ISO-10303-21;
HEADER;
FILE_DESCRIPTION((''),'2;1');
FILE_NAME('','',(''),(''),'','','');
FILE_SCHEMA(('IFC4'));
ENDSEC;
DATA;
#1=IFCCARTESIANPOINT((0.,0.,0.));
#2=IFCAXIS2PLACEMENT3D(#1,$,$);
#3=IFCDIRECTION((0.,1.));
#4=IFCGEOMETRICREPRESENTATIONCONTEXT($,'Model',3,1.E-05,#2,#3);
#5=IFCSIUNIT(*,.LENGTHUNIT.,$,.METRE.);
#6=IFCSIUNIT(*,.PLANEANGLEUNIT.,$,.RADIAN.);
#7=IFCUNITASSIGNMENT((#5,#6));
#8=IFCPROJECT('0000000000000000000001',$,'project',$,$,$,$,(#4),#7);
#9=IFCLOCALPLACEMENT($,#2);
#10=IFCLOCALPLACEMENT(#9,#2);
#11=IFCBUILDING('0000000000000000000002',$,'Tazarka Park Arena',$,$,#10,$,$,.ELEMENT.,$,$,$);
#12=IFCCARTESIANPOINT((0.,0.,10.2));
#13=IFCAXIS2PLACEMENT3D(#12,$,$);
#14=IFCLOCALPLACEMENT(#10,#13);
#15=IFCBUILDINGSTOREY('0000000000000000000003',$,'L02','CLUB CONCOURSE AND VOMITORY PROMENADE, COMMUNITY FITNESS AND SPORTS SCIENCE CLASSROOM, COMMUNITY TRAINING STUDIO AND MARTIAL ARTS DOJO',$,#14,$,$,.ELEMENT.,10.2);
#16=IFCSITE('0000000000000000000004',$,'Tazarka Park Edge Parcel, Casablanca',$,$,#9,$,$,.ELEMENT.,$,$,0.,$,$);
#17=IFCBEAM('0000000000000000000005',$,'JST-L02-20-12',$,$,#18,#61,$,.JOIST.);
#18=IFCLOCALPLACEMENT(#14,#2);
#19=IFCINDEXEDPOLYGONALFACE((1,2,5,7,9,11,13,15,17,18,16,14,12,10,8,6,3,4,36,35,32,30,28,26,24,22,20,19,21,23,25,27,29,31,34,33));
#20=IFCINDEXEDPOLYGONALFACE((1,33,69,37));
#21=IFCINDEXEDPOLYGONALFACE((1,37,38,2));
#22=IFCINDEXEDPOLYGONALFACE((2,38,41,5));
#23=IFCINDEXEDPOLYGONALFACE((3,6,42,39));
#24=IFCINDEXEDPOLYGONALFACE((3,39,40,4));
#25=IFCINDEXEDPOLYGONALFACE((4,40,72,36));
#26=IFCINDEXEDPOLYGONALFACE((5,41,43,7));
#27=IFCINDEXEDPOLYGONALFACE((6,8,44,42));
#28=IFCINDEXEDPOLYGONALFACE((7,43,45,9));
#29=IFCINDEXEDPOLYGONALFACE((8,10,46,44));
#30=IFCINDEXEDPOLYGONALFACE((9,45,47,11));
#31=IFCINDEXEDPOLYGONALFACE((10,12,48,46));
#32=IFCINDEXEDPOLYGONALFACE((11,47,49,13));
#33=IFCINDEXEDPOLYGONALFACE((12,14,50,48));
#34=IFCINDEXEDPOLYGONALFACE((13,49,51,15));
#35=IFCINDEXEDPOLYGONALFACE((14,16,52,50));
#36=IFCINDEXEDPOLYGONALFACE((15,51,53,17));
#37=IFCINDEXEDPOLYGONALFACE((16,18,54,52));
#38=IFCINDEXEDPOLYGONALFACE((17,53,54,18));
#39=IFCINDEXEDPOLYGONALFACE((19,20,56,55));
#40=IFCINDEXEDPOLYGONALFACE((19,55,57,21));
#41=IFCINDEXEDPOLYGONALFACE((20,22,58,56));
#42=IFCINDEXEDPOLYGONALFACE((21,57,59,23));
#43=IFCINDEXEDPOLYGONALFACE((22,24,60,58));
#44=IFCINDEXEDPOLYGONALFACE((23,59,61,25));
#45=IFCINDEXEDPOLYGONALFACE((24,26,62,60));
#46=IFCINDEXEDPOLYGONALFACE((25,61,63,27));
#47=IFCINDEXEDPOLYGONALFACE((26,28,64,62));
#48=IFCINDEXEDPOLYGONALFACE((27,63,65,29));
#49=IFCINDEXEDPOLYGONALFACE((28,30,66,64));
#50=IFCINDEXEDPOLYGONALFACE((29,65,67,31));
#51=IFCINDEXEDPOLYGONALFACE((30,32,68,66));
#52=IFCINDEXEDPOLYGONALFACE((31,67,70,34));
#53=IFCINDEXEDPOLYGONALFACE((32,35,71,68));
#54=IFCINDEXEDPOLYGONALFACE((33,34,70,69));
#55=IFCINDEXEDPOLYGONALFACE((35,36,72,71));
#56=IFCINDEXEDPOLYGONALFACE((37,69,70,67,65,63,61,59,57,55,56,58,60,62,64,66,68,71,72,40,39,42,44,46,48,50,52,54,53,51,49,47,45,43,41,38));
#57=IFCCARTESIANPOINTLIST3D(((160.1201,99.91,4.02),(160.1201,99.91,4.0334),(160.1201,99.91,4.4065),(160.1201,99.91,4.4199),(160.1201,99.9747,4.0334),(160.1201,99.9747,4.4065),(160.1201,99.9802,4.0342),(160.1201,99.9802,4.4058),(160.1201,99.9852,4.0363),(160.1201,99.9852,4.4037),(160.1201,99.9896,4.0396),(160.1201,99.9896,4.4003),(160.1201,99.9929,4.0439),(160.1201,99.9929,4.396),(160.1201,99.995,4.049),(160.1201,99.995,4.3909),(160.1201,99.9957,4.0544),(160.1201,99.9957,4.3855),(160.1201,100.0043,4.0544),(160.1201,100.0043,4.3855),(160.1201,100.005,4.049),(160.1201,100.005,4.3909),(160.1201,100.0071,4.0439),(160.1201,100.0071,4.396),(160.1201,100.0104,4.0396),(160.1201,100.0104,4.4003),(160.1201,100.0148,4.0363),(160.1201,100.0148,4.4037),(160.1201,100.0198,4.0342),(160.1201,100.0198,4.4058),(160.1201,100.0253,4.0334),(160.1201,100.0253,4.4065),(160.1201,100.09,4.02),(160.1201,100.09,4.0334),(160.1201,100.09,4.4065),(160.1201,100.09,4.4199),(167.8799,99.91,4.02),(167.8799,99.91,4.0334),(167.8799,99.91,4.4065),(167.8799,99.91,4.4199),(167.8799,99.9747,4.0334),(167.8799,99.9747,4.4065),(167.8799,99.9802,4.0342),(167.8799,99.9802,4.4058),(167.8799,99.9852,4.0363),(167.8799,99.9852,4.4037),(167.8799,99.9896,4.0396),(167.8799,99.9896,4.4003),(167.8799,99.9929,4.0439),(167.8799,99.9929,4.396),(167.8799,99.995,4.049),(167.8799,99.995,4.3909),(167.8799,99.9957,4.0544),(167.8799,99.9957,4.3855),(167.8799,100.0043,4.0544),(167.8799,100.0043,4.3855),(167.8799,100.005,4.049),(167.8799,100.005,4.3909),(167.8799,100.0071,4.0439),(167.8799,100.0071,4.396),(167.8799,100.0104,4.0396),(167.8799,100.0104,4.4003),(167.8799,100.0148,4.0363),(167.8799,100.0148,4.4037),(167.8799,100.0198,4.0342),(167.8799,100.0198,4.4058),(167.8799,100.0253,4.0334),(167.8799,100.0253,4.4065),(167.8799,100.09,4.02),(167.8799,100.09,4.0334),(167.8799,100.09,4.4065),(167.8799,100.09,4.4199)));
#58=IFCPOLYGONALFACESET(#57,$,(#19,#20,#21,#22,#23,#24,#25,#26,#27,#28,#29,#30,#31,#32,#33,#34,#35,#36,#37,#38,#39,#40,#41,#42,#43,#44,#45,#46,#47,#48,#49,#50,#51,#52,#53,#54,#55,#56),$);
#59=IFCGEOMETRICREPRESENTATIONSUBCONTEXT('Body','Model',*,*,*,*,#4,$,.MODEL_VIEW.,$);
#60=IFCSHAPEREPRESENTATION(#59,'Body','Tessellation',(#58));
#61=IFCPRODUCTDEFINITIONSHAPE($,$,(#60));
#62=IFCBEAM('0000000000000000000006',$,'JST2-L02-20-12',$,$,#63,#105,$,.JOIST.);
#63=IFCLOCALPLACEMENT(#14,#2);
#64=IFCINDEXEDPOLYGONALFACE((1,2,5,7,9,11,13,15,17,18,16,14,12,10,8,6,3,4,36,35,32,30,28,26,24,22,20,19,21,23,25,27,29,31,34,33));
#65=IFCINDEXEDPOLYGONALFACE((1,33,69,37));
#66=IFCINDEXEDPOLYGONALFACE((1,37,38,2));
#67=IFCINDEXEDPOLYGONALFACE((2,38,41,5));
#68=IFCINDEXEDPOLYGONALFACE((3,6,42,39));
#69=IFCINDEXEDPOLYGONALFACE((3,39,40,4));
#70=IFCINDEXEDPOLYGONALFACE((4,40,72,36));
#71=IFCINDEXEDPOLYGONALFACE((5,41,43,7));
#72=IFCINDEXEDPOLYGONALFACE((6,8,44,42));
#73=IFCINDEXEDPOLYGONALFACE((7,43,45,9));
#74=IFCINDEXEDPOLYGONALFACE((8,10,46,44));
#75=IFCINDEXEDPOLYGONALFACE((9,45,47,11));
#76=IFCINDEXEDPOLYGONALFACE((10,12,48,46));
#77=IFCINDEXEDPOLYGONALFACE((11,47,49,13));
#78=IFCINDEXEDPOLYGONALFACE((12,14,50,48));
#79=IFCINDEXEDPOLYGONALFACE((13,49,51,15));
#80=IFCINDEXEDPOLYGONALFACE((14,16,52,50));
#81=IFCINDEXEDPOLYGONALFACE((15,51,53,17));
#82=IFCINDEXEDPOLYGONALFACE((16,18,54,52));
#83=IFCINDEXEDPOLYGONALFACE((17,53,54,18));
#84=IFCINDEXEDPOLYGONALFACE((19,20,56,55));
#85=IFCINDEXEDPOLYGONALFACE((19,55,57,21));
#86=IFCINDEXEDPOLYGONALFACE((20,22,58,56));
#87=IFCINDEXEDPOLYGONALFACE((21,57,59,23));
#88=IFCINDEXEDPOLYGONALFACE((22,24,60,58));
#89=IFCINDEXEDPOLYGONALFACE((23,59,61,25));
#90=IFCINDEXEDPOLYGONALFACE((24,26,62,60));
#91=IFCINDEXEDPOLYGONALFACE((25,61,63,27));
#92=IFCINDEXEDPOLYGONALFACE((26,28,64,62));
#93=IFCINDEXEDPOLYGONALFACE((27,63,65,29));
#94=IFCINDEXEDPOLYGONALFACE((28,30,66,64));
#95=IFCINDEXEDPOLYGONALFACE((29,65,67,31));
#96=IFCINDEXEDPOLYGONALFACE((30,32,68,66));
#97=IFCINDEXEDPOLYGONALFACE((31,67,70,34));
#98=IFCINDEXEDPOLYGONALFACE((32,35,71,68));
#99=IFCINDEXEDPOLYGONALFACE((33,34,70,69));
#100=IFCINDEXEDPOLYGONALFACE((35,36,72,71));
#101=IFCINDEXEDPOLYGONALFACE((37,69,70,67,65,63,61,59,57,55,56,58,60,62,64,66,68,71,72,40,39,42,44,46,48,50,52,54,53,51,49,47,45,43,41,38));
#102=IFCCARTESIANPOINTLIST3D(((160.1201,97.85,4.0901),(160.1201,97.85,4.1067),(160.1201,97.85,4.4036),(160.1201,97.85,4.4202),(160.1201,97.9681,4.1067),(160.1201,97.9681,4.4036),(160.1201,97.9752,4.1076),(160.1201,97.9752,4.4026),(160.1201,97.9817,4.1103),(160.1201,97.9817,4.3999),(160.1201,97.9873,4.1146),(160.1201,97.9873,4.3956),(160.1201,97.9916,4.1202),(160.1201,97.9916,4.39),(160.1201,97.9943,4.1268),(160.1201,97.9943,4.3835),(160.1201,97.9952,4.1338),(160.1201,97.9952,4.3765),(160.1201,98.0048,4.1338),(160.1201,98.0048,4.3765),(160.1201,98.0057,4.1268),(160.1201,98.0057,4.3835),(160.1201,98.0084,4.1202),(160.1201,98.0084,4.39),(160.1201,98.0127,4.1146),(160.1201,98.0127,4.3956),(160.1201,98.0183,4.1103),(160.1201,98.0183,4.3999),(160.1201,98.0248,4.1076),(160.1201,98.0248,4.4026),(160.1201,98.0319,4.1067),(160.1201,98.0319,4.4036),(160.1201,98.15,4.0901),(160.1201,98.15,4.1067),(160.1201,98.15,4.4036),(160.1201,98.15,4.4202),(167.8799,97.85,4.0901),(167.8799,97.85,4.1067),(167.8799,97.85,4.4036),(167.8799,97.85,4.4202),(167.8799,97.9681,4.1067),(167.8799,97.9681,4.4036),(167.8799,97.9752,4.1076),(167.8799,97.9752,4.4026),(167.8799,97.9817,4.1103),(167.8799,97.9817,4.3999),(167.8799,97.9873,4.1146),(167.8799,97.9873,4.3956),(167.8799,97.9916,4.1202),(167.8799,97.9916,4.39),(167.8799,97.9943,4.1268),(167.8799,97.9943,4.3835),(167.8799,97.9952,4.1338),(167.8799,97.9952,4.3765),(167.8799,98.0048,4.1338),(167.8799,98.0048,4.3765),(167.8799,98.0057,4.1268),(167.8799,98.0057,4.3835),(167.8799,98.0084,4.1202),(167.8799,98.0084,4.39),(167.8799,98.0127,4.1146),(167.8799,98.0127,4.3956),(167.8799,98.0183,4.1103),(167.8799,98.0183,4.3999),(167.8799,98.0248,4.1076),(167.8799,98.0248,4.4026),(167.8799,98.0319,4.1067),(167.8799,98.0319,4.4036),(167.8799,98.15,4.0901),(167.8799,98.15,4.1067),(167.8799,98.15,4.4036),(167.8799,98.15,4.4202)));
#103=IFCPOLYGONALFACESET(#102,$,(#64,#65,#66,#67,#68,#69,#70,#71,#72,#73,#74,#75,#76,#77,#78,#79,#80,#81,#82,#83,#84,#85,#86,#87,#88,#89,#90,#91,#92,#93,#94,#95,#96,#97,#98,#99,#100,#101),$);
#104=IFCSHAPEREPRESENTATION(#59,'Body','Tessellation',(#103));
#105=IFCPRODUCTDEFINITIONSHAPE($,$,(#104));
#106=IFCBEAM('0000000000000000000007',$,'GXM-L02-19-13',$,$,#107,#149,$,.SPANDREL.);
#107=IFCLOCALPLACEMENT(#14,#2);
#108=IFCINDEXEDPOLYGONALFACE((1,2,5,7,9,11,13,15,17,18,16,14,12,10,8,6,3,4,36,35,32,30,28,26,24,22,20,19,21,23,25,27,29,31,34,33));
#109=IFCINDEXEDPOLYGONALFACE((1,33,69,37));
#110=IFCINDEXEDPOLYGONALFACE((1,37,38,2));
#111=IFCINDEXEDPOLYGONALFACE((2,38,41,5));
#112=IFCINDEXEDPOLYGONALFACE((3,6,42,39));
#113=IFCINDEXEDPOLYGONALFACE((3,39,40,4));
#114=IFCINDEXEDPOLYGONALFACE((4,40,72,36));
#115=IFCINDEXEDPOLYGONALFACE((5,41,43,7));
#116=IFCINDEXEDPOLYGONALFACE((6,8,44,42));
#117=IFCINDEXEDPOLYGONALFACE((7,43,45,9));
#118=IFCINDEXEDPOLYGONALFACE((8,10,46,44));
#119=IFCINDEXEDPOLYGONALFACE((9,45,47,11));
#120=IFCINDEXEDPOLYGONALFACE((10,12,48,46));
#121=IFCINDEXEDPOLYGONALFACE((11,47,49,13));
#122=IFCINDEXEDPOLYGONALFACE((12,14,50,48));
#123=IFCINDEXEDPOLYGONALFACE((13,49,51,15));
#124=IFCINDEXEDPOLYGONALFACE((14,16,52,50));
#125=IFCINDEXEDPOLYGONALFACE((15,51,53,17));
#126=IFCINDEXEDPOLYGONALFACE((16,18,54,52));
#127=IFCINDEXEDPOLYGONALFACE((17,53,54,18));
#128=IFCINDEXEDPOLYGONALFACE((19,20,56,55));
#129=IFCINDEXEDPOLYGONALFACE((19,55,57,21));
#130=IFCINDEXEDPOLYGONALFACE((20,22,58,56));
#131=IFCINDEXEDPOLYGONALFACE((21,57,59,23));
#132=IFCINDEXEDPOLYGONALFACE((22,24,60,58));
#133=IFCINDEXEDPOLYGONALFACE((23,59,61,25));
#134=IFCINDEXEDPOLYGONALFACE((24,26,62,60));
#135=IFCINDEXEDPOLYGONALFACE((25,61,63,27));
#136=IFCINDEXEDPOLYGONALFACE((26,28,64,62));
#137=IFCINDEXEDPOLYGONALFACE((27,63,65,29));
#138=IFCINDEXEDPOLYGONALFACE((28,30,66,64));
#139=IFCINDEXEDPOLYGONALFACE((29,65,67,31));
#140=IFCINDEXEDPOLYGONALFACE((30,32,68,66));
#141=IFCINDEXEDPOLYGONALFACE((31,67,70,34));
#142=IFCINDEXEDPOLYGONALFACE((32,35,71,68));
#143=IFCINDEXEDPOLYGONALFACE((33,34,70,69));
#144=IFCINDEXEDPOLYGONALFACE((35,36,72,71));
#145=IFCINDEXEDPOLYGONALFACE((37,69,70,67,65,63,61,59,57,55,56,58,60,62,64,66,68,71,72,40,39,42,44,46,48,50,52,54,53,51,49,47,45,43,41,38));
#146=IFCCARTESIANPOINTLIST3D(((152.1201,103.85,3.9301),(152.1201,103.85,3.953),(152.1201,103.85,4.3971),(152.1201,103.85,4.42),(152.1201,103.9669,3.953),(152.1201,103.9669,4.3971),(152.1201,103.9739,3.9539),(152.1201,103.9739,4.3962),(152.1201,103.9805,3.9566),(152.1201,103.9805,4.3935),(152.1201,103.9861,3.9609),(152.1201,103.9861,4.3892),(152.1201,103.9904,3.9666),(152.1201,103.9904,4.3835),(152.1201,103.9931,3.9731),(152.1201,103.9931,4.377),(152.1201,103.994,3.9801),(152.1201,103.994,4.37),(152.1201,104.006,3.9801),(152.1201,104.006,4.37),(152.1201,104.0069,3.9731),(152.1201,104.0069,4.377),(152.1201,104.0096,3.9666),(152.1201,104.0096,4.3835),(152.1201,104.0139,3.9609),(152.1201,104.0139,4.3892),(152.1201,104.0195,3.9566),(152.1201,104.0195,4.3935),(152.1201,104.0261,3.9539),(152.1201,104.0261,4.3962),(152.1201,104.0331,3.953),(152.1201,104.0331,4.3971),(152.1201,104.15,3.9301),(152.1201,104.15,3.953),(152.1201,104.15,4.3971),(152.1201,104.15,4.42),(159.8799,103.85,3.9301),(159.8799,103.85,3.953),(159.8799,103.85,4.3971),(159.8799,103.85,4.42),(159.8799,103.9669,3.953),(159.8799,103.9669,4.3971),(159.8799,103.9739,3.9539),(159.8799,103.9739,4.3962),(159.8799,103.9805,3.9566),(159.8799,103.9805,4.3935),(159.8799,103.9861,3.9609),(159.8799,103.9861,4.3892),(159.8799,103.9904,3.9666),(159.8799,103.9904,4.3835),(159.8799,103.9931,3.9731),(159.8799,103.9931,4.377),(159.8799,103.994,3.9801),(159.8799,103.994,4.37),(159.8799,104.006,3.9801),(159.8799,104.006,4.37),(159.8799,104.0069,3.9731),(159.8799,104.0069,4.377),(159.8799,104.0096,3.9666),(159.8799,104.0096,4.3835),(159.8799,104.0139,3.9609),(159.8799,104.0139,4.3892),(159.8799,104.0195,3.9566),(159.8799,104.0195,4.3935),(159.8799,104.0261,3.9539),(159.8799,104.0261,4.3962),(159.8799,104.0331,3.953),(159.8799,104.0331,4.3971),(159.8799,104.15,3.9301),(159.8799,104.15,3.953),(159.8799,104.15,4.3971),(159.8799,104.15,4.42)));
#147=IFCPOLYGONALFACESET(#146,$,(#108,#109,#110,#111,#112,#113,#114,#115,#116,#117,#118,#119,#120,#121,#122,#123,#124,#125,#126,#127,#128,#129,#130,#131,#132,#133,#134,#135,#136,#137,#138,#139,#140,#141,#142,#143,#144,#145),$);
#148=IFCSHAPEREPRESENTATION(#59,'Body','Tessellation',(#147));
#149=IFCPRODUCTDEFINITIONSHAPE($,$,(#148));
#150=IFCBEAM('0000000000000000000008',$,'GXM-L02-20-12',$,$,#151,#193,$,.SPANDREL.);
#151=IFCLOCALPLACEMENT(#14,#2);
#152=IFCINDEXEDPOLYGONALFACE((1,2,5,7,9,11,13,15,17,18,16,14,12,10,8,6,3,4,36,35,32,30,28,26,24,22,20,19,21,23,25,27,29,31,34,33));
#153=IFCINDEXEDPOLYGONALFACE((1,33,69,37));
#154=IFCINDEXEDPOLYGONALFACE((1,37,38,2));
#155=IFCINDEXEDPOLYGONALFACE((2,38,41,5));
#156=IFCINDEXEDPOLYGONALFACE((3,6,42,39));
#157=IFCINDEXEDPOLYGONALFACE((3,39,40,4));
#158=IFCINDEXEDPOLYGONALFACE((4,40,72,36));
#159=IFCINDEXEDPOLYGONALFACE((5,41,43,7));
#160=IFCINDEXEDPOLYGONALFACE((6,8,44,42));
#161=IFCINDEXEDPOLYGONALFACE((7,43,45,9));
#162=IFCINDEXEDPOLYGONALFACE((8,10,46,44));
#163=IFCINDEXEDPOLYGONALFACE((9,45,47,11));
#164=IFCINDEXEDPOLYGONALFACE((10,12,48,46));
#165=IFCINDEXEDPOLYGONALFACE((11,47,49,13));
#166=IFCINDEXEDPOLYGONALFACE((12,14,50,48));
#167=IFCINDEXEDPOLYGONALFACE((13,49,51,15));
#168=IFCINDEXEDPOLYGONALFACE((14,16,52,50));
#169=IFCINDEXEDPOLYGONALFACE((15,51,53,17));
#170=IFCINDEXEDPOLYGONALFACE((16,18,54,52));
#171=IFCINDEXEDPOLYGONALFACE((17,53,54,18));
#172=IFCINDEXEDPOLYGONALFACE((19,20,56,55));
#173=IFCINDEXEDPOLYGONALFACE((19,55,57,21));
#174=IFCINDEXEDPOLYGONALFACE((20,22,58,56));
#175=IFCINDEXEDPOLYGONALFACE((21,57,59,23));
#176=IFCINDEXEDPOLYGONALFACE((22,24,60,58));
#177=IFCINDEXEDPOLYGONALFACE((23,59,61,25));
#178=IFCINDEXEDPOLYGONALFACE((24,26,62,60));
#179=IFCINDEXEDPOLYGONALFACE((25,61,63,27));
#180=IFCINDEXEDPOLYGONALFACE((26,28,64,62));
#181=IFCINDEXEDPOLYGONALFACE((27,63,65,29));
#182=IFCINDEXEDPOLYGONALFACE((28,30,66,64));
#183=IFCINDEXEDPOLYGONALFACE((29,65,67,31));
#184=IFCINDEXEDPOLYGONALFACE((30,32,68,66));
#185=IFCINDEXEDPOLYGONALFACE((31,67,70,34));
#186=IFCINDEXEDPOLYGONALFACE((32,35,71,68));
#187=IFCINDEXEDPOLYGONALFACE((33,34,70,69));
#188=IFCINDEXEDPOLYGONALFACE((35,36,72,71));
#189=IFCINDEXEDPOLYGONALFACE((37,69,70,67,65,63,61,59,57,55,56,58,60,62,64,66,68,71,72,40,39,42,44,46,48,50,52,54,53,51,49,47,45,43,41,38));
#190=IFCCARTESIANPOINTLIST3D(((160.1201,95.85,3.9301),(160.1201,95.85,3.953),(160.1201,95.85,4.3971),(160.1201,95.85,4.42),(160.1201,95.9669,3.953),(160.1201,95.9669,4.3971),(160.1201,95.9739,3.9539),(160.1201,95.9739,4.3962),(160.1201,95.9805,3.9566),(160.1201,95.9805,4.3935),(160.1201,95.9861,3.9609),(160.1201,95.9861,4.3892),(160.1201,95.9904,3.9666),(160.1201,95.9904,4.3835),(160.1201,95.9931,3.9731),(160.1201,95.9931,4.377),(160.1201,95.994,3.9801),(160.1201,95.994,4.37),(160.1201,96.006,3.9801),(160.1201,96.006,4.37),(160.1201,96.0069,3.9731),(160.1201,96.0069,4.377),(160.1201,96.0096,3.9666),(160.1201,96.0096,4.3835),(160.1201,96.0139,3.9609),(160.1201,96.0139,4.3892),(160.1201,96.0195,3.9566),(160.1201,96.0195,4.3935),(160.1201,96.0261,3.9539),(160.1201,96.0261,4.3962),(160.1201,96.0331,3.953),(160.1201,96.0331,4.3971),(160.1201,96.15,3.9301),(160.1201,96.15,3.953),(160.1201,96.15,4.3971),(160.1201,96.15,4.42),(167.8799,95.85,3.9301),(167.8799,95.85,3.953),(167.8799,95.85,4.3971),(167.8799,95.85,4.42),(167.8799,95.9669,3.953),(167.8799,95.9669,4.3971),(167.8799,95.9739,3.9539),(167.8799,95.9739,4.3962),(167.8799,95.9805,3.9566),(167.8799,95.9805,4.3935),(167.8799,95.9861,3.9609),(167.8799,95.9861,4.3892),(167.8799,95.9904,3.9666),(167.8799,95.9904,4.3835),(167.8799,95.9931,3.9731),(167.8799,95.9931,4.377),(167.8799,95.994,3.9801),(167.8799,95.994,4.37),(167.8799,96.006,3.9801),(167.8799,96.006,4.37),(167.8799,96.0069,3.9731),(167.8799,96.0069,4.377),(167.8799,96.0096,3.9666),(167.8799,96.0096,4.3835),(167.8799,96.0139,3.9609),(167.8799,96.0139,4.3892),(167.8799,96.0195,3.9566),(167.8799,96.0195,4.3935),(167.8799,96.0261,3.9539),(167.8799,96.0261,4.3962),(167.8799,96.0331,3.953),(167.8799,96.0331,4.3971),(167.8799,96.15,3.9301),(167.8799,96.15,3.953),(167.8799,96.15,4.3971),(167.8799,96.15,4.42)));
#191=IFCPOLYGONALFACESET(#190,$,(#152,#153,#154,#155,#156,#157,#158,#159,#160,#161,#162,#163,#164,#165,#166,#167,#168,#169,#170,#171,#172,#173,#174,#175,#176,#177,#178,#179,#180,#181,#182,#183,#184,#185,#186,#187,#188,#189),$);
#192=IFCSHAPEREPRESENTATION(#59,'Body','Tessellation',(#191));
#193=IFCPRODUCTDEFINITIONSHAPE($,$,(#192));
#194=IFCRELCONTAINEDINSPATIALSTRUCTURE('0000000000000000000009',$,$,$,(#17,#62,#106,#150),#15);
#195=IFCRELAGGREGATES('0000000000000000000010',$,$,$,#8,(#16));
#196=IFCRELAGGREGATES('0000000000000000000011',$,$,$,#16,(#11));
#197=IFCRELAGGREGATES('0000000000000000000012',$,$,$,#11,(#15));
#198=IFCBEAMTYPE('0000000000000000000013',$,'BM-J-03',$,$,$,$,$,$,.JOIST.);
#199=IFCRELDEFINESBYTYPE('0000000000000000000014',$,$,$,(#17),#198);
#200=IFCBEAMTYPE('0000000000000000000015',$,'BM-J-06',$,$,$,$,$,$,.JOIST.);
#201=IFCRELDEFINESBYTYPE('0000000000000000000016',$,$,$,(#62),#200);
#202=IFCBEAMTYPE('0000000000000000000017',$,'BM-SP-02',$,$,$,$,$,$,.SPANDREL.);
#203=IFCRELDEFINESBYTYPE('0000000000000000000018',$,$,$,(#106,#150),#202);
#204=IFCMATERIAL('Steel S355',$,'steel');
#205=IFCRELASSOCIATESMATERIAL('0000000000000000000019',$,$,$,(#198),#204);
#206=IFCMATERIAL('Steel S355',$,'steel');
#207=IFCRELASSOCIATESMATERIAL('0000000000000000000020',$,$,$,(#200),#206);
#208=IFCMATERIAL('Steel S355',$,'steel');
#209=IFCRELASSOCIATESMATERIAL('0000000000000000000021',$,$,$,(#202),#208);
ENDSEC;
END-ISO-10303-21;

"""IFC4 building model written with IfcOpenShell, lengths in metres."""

from ifc_helpers import new_model, si_unit, direction, frame, origin, origin_2d, place, context, subcontext, project, spatial, i_section, extrude, material, material_profile, profile_set, type_object, element, save


model = new_model("IFC4")

# Units and contexts
model_context = context("Model", 3, precision=1e-05, world=origin(), true_north=direction((0.0, 1.0)))
body_context = subcontext(model_context, "Body", "Model", "MODEL_VIEW")
ifc_project = project(units=[si_unit("LENGTHUNIT", "METRE"), si_unit("PLANEANGLEUNIT", "RADIAN")], contexts=[model_context])

# Site, building, storey
site_placement = place(None, origin())
site = spatial("IfcSite", under=ifc_project, at=site_placement, Name="Tazarka Park Edge Parcel, Casablanca", CompositionType="ELEMENT", RefElevation=0.0)
building_placement = place(site_placement, origin())
building = spatial("IfcBuilding", under=site, at=building_placement, Name="Tazarka Park Arena", CompositionType="ELEMENT")
storey_placement = place(building_placement, frame((0.0, 0.0, 10.2)))
storey = spatial("IfcBuildingStorey", under=building, at=storey_placement, Name="L02", Description="CLUB CONCOURSE AND VOMITORY PROMENADE, COMMUNITY FITNESS AND SPORTS SCIENCE CLASSROOM, COMMUNITY TRAINING STUDIO AND MARTIAL ARTS DOJO", CompositionType="ELEMENT", Elevation=10.2)

# Beams
ifc_material_1 = material(Name="Steel S355", Category="steel")
ifc_material_profile_1 = material_profile(ifc_material_1, i_section(OverallWidth=0.1799, OverallDepth=0.3999, WebThickness=0.0085, FlangeThickness=0.0134, FilletRadius=0.021, at=origin_2d()), Name="Steel S355")
ifc_profile_set_1 = profile_set([ifc_material_profile_1], Name="Steel S355")
beam_type_1 = type_object("IfcBeamType", Name="BM-J-03", PredefinedType="JOIST", material=ifc_profile_set_1)
beam_1_placement = place(storey_placement, frame((160.1201, 100.0, 4.22), z_axis=(1.0, 0.0, 0.0), x_axis=(0.0, 1.0, 0.0)))
element("IfcBeam", 1, at=beam_1_placement, inside=storey, type_object=beam_type_1, Name="JST-L02-20-12", PredefinedType="JOIST", context=body_context, shape_type="SweptSolid", body=[
    extrude(i_section(OverallWidth=0.1799, OverallDepth=0.3999, WebThickness=0.0085, FlangeThickness=0.0134, FilletRadius=0.021, at=origin_2d()), origin(), (0.0, 0.0, 1.0), 7.7598),
])
ifc_material_2 = material(Name="Steel S355", Category="steel")
ifc_material_profile_2 = material_profile(ifc_material_2, i_section(OverallWidth=0.3, OverallDepth=0.3301, WebThickness=0.0095, FlangeThickness=0.0166, FilletRadius=0.0271, at=origin_2d()), Name="Steel S355")
ifc_profile_set_2 = profile_set([ifc_material_profile_2], Name="Steel S355")
beam_type_2 = type_object("IfcBeamType", Name="BM-J-06", PredefinedType="JOIST", material=ifc_profile_set_2)
beam_2_placement = place(storey_placement, frame((160.1201, 98.0, 4.2551), z_axis=(1.0, 0.0, 0.0), x_axis=(0.0, 1.0, 0.0)))
element("IfcBeam", 2, at=beam_2_placement, inside=storey, type_object=beam_type_2, Name="JST2-L02-20-12", PredefinedType="JOIST", context=body_context, shape_type="SweptSolid", body=[
    extrude(i_section(OverallWidth=0.3, OverallDepth=0.3301, WebThickness=0.0095, FlangeThickness=0.0166, FilletRadius=0.0271, at=origin_2d()), origin(), (0.0, 0.0, 1.0), 7.7598),
])
ifc_material_3 = material(Name="Steel S355", Category="steel")
ifc_material_profile_3 = material_profile(ifc_material_3, i_section(OverallWidth=0.3, OverallDepth=0.49, WebThickness=0.012, FlangeThickness=0.0229, FilletRadius=0.0271, at=origin_2d()), Name="Steel S355")
ifc_profile_set_3 = profile_set([ifc_material_profile_3], Name="Steel S355")
beam_type_3 = type_object("IfcBeamType", Name="BM-SP-02", PredefinedType="SPANDREL", material=ifc_profile_set_3)
for number, where, z_axis, x_axis, name in (
    (3, (152.1201, 104.0, 4.175), (1.0, 0.0, 0.0), (0.0, 1.0, 0.0), "GXM-L02-19-13"),
    (4, (160.1201, 96.0, 4.175), (1.0, 0.0, 0.0), (0.0, 1.0, 0.0), "GXM-L02-20-12"),
):
    element("IfcBeam", number, at=place(storey_placement, frame(where, z_axis=z_axis, x_axis=x_axis)), inside=storey, type_object=beam_type_3, Name=name, PredefinedType="SPANDREL", context=body_context, shape_type="SweptSolid", body=[
        extrude(i_section(OverallWidth=0.3, OverallDepth=0.49, WebThickness=0.012, FlangeThickness=0.0229, FilletRadius=0.0271, at=origin_2d()), origin(), (0.0, 0.0, 1.0), 7.7598),
    ])

save(model, "model.ifc")
